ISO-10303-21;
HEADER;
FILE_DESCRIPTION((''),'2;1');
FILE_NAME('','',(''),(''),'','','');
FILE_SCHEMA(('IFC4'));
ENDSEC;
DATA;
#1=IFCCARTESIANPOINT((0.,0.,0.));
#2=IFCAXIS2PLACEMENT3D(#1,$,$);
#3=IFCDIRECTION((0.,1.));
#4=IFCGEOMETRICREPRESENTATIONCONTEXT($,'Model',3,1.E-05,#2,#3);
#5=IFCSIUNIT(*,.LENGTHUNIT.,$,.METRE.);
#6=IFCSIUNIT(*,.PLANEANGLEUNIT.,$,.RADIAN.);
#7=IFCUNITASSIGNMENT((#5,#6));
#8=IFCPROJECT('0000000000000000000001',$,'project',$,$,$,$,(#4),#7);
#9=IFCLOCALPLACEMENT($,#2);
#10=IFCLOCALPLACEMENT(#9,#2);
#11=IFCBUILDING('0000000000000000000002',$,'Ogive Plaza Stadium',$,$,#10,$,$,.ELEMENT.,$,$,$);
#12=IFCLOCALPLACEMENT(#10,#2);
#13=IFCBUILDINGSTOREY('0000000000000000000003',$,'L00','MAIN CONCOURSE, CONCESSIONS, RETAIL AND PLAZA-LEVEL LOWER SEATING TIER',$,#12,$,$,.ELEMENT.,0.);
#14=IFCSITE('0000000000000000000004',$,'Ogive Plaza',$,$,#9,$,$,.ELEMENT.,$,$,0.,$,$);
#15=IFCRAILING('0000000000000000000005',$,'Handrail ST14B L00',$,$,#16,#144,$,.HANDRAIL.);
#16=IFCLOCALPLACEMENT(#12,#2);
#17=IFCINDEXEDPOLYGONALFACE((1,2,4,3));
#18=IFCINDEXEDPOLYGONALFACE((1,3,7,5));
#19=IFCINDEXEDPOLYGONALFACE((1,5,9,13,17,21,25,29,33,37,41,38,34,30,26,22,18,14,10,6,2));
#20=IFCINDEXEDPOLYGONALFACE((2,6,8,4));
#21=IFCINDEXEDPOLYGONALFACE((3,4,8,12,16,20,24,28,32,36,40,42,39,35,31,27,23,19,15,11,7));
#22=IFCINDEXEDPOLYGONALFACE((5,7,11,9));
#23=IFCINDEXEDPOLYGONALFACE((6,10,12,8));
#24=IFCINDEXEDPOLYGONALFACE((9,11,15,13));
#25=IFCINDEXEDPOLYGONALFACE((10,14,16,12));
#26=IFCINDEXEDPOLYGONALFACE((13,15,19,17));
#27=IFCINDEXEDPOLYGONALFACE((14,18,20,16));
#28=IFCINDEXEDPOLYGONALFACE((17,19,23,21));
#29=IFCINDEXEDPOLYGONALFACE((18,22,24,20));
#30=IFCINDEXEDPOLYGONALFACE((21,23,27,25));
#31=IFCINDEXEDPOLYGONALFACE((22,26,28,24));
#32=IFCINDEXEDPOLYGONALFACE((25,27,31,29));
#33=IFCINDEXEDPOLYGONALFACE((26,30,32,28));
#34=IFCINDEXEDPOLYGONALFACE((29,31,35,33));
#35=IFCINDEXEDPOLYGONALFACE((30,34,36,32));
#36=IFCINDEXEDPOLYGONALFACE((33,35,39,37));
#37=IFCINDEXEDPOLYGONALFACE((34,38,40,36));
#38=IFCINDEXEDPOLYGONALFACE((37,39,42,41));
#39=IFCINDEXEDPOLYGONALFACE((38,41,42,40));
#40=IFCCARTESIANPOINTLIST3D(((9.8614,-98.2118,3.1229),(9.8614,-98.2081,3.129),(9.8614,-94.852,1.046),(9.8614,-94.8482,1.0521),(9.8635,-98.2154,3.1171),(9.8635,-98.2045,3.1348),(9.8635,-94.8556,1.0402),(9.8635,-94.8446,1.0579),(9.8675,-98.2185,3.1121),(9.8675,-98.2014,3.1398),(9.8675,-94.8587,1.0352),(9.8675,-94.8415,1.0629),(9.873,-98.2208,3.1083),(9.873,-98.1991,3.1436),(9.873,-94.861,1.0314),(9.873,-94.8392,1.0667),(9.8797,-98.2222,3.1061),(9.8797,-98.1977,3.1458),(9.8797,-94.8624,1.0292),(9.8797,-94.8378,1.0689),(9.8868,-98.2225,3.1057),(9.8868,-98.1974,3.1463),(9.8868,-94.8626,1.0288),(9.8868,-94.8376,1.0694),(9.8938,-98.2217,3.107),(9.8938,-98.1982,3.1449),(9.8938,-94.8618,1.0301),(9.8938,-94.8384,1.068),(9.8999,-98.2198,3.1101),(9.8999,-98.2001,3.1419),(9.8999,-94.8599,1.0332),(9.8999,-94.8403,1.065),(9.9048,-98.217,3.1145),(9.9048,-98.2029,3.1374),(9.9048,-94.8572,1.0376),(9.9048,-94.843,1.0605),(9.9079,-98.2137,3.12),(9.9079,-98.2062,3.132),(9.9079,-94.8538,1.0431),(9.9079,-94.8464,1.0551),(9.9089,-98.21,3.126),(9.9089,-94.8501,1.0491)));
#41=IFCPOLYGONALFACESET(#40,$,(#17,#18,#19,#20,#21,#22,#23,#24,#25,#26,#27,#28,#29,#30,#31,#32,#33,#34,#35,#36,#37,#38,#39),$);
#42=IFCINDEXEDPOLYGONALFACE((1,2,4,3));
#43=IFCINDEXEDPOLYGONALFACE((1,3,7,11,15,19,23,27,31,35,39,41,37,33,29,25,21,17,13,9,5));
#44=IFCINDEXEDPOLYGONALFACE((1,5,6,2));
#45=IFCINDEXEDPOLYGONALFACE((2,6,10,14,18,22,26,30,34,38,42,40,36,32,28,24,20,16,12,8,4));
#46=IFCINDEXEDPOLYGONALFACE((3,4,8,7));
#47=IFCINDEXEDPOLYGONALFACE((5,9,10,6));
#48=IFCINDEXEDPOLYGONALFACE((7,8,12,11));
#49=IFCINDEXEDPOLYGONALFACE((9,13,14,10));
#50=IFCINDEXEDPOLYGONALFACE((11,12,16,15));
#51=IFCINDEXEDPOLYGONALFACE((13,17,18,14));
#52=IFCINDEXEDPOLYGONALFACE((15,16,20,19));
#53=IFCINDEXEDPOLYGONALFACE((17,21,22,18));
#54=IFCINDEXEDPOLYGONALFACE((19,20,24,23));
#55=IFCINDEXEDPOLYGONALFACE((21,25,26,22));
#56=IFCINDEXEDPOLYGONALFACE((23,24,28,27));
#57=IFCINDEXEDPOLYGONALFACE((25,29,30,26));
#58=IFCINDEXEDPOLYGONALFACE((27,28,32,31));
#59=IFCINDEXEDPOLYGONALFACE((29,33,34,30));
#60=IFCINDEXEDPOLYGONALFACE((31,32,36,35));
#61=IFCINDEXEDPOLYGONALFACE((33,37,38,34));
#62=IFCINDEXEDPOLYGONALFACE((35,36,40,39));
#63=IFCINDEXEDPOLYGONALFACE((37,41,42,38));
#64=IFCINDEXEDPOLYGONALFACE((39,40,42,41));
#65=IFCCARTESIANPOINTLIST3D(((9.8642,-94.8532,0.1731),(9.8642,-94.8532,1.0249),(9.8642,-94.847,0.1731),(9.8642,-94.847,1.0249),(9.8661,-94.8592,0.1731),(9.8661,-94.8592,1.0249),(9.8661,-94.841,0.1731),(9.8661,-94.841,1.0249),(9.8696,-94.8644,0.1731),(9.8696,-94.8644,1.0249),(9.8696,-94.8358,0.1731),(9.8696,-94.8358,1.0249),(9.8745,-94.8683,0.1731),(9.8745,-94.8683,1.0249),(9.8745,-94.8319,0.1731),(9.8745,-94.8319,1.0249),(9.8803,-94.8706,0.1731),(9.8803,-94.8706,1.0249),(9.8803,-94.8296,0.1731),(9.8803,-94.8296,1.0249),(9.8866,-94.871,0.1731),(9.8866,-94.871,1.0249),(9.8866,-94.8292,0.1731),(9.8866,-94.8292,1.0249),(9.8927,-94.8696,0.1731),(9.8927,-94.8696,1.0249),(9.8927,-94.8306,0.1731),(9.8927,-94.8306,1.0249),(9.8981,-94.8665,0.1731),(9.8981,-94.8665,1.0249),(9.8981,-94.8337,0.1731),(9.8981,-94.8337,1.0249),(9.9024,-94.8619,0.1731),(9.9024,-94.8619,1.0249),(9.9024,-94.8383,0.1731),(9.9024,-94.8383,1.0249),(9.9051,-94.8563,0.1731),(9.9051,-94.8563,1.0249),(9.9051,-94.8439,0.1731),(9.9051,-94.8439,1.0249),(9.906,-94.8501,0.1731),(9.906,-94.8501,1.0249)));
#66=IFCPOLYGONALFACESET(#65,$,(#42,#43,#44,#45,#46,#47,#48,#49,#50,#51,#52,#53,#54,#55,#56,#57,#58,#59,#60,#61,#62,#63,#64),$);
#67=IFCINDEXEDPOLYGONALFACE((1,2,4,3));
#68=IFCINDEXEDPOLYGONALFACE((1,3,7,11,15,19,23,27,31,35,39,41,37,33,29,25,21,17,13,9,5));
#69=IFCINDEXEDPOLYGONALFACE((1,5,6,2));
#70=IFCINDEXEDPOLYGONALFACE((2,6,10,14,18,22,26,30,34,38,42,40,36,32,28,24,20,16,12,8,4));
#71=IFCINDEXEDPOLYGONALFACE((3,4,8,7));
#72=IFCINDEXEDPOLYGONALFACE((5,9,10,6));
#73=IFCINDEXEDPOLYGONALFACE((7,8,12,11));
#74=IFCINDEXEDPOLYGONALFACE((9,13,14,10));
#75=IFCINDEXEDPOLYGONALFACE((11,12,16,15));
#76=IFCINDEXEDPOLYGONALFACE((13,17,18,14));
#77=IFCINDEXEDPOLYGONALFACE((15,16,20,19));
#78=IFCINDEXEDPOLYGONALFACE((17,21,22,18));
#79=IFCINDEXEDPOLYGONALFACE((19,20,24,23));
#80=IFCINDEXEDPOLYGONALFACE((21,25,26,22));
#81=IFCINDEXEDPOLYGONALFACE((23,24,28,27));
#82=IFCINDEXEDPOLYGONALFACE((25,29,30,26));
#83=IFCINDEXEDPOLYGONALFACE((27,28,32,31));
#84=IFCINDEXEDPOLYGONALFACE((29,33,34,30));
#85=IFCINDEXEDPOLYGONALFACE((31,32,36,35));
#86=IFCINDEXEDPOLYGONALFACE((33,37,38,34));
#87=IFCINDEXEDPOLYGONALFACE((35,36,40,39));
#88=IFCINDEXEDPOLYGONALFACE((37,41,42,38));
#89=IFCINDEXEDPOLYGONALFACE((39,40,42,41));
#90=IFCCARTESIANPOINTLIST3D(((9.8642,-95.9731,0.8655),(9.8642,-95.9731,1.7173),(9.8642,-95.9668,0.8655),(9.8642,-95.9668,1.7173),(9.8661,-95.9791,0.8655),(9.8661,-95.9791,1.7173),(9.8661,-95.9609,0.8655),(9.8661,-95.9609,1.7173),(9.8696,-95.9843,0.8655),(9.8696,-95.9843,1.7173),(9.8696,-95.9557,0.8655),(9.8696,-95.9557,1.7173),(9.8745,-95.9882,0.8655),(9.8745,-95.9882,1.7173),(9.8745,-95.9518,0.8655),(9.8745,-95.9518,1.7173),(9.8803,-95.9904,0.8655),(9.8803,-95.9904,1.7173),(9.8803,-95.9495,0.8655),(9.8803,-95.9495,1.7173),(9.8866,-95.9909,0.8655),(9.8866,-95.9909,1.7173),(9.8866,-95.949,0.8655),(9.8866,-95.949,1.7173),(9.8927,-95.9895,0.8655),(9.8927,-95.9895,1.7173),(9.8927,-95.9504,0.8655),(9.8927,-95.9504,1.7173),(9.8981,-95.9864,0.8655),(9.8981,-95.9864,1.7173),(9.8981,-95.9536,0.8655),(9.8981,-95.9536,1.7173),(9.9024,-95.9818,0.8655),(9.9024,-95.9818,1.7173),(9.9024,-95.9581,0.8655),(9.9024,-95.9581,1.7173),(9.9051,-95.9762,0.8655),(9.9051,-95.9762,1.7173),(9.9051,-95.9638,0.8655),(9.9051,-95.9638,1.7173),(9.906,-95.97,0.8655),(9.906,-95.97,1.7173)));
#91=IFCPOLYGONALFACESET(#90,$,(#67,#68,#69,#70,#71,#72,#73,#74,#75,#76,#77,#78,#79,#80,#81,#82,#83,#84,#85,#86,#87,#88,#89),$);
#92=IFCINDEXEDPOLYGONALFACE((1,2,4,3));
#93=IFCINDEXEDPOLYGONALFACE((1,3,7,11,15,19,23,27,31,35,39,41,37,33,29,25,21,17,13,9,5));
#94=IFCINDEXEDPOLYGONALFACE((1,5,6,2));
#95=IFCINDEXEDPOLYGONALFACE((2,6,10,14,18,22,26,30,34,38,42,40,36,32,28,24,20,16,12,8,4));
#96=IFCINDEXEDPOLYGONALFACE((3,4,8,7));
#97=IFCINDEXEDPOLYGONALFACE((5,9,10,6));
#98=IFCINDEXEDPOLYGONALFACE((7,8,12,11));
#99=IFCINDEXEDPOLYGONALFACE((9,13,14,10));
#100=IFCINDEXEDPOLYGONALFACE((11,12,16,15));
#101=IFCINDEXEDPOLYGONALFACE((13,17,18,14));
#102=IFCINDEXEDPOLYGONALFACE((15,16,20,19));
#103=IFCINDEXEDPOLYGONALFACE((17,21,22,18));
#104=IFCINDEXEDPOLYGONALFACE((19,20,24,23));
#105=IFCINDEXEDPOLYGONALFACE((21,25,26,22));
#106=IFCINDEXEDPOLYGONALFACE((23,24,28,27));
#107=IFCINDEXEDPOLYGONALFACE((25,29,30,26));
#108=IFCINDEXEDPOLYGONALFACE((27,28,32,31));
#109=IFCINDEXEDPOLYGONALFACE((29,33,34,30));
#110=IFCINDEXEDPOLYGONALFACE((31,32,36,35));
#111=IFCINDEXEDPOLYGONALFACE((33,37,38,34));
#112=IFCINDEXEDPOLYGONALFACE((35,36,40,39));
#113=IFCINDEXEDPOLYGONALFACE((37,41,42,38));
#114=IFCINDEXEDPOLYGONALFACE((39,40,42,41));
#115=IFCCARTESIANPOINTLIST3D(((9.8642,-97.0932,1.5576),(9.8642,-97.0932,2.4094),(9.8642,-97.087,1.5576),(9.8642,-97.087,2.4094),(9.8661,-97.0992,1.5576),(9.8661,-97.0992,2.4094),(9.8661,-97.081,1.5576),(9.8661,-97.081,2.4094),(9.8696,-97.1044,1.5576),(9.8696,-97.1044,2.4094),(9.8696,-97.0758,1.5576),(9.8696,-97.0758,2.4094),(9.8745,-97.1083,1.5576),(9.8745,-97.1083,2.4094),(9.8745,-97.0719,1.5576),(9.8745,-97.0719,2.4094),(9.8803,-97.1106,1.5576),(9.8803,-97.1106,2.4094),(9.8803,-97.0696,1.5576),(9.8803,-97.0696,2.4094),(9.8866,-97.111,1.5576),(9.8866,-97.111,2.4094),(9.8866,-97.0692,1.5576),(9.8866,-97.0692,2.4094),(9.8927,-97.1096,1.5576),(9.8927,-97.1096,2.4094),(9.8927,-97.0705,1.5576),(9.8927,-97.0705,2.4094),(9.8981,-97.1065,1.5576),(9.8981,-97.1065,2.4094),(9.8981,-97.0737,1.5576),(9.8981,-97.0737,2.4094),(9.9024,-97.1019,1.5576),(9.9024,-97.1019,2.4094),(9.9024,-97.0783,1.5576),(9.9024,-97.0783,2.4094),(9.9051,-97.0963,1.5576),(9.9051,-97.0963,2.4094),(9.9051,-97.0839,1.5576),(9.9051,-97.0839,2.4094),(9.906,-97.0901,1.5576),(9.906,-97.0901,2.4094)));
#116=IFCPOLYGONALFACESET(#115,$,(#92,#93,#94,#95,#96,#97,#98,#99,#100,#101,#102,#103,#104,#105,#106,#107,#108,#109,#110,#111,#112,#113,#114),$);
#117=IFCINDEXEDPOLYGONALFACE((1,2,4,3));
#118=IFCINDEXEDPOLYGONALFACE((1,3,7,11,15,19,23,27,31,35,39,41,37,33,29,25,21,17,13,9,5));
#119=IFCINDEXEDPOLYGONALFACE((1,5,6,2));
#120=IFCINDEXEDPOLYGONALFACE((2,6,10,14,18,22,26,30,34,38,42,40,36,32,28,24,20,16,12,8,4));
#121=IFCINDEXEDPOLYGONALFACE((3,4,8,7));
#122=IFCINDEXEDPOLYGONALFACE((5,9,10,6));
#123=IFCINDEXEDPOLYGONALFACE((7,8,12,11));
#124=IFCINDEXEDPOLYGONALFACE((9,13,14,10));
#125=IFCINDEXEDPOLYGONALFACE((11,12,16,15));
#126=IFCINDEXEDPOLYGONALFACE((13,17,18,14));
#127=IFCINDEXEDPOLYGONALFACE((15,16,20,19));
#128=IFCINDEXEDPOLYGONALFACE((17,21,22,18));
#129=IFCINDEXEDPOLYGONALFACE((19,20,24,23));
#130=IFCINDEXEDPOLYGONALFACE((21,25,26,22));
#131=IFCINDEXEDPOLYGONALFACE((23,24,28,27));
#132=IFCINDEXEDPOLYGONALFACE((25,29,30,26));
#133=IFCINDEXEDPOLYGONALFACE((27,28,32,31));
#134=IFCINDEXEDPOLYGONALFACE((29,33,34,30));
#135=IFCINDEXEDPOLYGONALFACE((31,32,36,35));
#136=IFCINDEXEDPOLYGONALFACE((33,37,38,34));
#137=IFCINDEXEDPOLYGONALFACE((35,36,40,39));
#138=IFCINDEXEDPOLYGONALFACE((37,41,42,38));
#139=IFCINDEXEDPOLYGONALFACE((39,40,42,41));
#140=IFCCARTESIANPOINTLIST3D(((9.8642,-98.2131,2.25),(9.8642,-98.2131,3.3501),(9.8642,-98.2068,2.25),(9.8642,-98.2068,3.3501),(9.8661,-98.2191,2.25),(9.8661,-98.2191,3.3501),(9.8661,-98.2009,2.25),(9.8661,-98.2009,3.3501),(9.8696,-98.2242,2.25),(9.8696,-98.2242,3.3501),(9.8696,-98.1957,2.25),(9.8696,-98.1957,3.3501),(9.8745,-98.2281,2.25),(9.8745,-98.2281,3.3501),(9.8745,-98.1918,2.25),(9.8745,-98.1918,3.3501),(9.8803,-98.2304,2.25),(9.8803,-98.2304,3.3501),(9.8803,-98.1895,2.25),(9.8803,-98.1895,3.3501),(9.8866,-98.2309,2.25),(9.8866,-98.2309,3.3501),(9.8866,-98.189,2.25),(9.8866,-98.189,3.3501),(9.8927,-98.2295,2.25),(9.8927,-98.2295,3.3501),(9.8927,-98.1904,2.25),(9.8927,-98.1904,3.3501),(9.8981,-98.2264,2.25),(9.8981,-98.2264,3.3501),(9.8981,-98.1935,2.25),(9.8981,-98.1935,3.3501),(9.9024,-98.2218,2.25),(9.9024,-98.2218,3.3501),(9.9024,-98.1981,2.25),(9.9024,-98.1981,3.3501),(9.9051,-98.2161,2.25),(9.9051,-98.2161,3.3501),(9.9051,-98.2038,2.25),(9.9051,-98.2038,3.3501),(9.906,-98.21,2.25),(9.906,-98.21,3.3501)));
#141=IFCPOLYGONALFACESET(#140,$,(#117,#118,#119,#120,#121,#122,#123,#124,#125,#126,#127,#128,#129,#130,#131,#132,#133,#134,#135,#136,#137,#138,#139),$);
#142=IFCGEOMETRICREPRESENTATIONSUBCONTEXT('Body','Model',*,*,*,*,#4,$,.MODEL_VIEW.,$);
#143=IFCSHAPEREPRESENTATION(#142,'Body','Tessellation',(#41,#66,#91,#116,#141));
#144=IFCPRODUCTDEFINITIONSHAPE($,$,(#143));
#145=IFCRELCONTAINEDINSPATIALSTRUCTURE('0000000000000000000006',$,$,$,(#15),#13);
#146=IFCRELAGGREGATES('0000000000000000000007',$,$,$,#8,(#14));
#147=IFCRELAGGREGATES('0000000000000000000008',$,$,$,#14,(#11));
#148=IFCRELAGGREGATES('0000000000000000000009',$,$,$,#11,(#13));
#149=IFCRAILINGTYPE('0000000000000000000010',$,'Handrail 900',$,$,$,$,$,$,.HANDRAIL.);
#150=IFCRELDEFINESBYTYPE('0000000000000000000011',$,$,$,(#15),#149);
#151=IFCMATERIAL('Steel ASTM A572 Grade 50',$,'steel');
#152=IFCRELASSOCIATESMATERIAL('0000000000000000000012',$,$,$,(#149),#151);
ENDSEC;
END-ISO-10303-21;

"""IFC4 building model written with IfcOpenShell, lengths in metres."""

from ifc_helpers import new_model, si_unit, direction, frame, origin, origin_2d, place, context, subcontext, project, spatial, circle, extrude, material, type_object, element, save


model = new_model("IFC4")

# Units and contexts
model_context = context("Model", 3, precision=1e-05, world=origin(), true_north=direction((0.0, 1.0)))
body_context = subcontext(model_context, "Body", "Model", "MODEL_VIEW")
ifc_project = project(units=[si_unit("LENGTHUNIT", "METRE"), si_unit("PLANEANGLEUNIT", "RADIAN")], contexts=[model_context])

# Site, building, storey
site_placement = place(None, origin())
site = spatial("IfcSite", under=ifc_project, at=site_placement, Name="Ogive Plaza", CompositionType="ELEMENT", RefElevation=0.0)
building_placement = place(site_placement, origin())
building = spatial("IfcBuilding", under=site, at=building_placement, Name="Ogive Plaza Stadium", CompositionType="ELEMENT")
storey_placement = place(building_placement, origin())
storey = spatial("IfcBuildingStorey", under=building, at=storey_placement, Name="L00", Description="MAIN CONCOURSE, CONCESSIONS, RETAIL AND PLAZA-LEVEL LOWER SEATING TIER", CompositionType="ELEMENT", Elevation=0.0)

# Railing
ifc_material_1 = material(Name="Steel ASTM A572 Grade 50", Category="steel")
railing_type_1 = type_object("IfcRailingType", Name="Handrail 900", PredefinedType="HANDRAIL", material=ifc_material_1)
for number, where, name in (
    (1, (9.885, -94.8501, 0.1731), "Handrail ST14B L00"),
):
    element("IfcRailing", number, at=place(storey_placement, frame(where)), inside=storey, type_object=railing_type_1, Name=name, PredefinedType="HANDRAIL", context=body_context, shape_type="SweptSolid", body=[
        extrude(circle(Radius=0.0239, at=origin_2d()), frame((0.0, 0.0, 0.876), z_axis=(0.0, -0.850606, 0.525803), x_axis=(1.0, 0.0, 0.0)), (0.0, 0.0, 1.0), 3.95),
        extrude(circle(Radius=0.021, at=origin_2d()), origin(), (0.0, 0.0, 1.0), 0.8518),
        extrude(circle(Radius=0.021, at=origin_2d()), frame((0.0, -1.1199, 0.6924)), (0.0, 0.0, 1.0), 0.8518),
        extrude(circle(Radius=0.021, at=origin_2d()), frame((0.0, -2.24, 1.3845)), (0.0, 0.0, 1.0), 0.8518),
        extrude(circle(Radius=0.021, at=origin_2d()), frame((0.0, -3.3599, 2.0769)), (0.0, 0.0, 1.0), 1.1001),
    ])

save(model, "model.ifc")
